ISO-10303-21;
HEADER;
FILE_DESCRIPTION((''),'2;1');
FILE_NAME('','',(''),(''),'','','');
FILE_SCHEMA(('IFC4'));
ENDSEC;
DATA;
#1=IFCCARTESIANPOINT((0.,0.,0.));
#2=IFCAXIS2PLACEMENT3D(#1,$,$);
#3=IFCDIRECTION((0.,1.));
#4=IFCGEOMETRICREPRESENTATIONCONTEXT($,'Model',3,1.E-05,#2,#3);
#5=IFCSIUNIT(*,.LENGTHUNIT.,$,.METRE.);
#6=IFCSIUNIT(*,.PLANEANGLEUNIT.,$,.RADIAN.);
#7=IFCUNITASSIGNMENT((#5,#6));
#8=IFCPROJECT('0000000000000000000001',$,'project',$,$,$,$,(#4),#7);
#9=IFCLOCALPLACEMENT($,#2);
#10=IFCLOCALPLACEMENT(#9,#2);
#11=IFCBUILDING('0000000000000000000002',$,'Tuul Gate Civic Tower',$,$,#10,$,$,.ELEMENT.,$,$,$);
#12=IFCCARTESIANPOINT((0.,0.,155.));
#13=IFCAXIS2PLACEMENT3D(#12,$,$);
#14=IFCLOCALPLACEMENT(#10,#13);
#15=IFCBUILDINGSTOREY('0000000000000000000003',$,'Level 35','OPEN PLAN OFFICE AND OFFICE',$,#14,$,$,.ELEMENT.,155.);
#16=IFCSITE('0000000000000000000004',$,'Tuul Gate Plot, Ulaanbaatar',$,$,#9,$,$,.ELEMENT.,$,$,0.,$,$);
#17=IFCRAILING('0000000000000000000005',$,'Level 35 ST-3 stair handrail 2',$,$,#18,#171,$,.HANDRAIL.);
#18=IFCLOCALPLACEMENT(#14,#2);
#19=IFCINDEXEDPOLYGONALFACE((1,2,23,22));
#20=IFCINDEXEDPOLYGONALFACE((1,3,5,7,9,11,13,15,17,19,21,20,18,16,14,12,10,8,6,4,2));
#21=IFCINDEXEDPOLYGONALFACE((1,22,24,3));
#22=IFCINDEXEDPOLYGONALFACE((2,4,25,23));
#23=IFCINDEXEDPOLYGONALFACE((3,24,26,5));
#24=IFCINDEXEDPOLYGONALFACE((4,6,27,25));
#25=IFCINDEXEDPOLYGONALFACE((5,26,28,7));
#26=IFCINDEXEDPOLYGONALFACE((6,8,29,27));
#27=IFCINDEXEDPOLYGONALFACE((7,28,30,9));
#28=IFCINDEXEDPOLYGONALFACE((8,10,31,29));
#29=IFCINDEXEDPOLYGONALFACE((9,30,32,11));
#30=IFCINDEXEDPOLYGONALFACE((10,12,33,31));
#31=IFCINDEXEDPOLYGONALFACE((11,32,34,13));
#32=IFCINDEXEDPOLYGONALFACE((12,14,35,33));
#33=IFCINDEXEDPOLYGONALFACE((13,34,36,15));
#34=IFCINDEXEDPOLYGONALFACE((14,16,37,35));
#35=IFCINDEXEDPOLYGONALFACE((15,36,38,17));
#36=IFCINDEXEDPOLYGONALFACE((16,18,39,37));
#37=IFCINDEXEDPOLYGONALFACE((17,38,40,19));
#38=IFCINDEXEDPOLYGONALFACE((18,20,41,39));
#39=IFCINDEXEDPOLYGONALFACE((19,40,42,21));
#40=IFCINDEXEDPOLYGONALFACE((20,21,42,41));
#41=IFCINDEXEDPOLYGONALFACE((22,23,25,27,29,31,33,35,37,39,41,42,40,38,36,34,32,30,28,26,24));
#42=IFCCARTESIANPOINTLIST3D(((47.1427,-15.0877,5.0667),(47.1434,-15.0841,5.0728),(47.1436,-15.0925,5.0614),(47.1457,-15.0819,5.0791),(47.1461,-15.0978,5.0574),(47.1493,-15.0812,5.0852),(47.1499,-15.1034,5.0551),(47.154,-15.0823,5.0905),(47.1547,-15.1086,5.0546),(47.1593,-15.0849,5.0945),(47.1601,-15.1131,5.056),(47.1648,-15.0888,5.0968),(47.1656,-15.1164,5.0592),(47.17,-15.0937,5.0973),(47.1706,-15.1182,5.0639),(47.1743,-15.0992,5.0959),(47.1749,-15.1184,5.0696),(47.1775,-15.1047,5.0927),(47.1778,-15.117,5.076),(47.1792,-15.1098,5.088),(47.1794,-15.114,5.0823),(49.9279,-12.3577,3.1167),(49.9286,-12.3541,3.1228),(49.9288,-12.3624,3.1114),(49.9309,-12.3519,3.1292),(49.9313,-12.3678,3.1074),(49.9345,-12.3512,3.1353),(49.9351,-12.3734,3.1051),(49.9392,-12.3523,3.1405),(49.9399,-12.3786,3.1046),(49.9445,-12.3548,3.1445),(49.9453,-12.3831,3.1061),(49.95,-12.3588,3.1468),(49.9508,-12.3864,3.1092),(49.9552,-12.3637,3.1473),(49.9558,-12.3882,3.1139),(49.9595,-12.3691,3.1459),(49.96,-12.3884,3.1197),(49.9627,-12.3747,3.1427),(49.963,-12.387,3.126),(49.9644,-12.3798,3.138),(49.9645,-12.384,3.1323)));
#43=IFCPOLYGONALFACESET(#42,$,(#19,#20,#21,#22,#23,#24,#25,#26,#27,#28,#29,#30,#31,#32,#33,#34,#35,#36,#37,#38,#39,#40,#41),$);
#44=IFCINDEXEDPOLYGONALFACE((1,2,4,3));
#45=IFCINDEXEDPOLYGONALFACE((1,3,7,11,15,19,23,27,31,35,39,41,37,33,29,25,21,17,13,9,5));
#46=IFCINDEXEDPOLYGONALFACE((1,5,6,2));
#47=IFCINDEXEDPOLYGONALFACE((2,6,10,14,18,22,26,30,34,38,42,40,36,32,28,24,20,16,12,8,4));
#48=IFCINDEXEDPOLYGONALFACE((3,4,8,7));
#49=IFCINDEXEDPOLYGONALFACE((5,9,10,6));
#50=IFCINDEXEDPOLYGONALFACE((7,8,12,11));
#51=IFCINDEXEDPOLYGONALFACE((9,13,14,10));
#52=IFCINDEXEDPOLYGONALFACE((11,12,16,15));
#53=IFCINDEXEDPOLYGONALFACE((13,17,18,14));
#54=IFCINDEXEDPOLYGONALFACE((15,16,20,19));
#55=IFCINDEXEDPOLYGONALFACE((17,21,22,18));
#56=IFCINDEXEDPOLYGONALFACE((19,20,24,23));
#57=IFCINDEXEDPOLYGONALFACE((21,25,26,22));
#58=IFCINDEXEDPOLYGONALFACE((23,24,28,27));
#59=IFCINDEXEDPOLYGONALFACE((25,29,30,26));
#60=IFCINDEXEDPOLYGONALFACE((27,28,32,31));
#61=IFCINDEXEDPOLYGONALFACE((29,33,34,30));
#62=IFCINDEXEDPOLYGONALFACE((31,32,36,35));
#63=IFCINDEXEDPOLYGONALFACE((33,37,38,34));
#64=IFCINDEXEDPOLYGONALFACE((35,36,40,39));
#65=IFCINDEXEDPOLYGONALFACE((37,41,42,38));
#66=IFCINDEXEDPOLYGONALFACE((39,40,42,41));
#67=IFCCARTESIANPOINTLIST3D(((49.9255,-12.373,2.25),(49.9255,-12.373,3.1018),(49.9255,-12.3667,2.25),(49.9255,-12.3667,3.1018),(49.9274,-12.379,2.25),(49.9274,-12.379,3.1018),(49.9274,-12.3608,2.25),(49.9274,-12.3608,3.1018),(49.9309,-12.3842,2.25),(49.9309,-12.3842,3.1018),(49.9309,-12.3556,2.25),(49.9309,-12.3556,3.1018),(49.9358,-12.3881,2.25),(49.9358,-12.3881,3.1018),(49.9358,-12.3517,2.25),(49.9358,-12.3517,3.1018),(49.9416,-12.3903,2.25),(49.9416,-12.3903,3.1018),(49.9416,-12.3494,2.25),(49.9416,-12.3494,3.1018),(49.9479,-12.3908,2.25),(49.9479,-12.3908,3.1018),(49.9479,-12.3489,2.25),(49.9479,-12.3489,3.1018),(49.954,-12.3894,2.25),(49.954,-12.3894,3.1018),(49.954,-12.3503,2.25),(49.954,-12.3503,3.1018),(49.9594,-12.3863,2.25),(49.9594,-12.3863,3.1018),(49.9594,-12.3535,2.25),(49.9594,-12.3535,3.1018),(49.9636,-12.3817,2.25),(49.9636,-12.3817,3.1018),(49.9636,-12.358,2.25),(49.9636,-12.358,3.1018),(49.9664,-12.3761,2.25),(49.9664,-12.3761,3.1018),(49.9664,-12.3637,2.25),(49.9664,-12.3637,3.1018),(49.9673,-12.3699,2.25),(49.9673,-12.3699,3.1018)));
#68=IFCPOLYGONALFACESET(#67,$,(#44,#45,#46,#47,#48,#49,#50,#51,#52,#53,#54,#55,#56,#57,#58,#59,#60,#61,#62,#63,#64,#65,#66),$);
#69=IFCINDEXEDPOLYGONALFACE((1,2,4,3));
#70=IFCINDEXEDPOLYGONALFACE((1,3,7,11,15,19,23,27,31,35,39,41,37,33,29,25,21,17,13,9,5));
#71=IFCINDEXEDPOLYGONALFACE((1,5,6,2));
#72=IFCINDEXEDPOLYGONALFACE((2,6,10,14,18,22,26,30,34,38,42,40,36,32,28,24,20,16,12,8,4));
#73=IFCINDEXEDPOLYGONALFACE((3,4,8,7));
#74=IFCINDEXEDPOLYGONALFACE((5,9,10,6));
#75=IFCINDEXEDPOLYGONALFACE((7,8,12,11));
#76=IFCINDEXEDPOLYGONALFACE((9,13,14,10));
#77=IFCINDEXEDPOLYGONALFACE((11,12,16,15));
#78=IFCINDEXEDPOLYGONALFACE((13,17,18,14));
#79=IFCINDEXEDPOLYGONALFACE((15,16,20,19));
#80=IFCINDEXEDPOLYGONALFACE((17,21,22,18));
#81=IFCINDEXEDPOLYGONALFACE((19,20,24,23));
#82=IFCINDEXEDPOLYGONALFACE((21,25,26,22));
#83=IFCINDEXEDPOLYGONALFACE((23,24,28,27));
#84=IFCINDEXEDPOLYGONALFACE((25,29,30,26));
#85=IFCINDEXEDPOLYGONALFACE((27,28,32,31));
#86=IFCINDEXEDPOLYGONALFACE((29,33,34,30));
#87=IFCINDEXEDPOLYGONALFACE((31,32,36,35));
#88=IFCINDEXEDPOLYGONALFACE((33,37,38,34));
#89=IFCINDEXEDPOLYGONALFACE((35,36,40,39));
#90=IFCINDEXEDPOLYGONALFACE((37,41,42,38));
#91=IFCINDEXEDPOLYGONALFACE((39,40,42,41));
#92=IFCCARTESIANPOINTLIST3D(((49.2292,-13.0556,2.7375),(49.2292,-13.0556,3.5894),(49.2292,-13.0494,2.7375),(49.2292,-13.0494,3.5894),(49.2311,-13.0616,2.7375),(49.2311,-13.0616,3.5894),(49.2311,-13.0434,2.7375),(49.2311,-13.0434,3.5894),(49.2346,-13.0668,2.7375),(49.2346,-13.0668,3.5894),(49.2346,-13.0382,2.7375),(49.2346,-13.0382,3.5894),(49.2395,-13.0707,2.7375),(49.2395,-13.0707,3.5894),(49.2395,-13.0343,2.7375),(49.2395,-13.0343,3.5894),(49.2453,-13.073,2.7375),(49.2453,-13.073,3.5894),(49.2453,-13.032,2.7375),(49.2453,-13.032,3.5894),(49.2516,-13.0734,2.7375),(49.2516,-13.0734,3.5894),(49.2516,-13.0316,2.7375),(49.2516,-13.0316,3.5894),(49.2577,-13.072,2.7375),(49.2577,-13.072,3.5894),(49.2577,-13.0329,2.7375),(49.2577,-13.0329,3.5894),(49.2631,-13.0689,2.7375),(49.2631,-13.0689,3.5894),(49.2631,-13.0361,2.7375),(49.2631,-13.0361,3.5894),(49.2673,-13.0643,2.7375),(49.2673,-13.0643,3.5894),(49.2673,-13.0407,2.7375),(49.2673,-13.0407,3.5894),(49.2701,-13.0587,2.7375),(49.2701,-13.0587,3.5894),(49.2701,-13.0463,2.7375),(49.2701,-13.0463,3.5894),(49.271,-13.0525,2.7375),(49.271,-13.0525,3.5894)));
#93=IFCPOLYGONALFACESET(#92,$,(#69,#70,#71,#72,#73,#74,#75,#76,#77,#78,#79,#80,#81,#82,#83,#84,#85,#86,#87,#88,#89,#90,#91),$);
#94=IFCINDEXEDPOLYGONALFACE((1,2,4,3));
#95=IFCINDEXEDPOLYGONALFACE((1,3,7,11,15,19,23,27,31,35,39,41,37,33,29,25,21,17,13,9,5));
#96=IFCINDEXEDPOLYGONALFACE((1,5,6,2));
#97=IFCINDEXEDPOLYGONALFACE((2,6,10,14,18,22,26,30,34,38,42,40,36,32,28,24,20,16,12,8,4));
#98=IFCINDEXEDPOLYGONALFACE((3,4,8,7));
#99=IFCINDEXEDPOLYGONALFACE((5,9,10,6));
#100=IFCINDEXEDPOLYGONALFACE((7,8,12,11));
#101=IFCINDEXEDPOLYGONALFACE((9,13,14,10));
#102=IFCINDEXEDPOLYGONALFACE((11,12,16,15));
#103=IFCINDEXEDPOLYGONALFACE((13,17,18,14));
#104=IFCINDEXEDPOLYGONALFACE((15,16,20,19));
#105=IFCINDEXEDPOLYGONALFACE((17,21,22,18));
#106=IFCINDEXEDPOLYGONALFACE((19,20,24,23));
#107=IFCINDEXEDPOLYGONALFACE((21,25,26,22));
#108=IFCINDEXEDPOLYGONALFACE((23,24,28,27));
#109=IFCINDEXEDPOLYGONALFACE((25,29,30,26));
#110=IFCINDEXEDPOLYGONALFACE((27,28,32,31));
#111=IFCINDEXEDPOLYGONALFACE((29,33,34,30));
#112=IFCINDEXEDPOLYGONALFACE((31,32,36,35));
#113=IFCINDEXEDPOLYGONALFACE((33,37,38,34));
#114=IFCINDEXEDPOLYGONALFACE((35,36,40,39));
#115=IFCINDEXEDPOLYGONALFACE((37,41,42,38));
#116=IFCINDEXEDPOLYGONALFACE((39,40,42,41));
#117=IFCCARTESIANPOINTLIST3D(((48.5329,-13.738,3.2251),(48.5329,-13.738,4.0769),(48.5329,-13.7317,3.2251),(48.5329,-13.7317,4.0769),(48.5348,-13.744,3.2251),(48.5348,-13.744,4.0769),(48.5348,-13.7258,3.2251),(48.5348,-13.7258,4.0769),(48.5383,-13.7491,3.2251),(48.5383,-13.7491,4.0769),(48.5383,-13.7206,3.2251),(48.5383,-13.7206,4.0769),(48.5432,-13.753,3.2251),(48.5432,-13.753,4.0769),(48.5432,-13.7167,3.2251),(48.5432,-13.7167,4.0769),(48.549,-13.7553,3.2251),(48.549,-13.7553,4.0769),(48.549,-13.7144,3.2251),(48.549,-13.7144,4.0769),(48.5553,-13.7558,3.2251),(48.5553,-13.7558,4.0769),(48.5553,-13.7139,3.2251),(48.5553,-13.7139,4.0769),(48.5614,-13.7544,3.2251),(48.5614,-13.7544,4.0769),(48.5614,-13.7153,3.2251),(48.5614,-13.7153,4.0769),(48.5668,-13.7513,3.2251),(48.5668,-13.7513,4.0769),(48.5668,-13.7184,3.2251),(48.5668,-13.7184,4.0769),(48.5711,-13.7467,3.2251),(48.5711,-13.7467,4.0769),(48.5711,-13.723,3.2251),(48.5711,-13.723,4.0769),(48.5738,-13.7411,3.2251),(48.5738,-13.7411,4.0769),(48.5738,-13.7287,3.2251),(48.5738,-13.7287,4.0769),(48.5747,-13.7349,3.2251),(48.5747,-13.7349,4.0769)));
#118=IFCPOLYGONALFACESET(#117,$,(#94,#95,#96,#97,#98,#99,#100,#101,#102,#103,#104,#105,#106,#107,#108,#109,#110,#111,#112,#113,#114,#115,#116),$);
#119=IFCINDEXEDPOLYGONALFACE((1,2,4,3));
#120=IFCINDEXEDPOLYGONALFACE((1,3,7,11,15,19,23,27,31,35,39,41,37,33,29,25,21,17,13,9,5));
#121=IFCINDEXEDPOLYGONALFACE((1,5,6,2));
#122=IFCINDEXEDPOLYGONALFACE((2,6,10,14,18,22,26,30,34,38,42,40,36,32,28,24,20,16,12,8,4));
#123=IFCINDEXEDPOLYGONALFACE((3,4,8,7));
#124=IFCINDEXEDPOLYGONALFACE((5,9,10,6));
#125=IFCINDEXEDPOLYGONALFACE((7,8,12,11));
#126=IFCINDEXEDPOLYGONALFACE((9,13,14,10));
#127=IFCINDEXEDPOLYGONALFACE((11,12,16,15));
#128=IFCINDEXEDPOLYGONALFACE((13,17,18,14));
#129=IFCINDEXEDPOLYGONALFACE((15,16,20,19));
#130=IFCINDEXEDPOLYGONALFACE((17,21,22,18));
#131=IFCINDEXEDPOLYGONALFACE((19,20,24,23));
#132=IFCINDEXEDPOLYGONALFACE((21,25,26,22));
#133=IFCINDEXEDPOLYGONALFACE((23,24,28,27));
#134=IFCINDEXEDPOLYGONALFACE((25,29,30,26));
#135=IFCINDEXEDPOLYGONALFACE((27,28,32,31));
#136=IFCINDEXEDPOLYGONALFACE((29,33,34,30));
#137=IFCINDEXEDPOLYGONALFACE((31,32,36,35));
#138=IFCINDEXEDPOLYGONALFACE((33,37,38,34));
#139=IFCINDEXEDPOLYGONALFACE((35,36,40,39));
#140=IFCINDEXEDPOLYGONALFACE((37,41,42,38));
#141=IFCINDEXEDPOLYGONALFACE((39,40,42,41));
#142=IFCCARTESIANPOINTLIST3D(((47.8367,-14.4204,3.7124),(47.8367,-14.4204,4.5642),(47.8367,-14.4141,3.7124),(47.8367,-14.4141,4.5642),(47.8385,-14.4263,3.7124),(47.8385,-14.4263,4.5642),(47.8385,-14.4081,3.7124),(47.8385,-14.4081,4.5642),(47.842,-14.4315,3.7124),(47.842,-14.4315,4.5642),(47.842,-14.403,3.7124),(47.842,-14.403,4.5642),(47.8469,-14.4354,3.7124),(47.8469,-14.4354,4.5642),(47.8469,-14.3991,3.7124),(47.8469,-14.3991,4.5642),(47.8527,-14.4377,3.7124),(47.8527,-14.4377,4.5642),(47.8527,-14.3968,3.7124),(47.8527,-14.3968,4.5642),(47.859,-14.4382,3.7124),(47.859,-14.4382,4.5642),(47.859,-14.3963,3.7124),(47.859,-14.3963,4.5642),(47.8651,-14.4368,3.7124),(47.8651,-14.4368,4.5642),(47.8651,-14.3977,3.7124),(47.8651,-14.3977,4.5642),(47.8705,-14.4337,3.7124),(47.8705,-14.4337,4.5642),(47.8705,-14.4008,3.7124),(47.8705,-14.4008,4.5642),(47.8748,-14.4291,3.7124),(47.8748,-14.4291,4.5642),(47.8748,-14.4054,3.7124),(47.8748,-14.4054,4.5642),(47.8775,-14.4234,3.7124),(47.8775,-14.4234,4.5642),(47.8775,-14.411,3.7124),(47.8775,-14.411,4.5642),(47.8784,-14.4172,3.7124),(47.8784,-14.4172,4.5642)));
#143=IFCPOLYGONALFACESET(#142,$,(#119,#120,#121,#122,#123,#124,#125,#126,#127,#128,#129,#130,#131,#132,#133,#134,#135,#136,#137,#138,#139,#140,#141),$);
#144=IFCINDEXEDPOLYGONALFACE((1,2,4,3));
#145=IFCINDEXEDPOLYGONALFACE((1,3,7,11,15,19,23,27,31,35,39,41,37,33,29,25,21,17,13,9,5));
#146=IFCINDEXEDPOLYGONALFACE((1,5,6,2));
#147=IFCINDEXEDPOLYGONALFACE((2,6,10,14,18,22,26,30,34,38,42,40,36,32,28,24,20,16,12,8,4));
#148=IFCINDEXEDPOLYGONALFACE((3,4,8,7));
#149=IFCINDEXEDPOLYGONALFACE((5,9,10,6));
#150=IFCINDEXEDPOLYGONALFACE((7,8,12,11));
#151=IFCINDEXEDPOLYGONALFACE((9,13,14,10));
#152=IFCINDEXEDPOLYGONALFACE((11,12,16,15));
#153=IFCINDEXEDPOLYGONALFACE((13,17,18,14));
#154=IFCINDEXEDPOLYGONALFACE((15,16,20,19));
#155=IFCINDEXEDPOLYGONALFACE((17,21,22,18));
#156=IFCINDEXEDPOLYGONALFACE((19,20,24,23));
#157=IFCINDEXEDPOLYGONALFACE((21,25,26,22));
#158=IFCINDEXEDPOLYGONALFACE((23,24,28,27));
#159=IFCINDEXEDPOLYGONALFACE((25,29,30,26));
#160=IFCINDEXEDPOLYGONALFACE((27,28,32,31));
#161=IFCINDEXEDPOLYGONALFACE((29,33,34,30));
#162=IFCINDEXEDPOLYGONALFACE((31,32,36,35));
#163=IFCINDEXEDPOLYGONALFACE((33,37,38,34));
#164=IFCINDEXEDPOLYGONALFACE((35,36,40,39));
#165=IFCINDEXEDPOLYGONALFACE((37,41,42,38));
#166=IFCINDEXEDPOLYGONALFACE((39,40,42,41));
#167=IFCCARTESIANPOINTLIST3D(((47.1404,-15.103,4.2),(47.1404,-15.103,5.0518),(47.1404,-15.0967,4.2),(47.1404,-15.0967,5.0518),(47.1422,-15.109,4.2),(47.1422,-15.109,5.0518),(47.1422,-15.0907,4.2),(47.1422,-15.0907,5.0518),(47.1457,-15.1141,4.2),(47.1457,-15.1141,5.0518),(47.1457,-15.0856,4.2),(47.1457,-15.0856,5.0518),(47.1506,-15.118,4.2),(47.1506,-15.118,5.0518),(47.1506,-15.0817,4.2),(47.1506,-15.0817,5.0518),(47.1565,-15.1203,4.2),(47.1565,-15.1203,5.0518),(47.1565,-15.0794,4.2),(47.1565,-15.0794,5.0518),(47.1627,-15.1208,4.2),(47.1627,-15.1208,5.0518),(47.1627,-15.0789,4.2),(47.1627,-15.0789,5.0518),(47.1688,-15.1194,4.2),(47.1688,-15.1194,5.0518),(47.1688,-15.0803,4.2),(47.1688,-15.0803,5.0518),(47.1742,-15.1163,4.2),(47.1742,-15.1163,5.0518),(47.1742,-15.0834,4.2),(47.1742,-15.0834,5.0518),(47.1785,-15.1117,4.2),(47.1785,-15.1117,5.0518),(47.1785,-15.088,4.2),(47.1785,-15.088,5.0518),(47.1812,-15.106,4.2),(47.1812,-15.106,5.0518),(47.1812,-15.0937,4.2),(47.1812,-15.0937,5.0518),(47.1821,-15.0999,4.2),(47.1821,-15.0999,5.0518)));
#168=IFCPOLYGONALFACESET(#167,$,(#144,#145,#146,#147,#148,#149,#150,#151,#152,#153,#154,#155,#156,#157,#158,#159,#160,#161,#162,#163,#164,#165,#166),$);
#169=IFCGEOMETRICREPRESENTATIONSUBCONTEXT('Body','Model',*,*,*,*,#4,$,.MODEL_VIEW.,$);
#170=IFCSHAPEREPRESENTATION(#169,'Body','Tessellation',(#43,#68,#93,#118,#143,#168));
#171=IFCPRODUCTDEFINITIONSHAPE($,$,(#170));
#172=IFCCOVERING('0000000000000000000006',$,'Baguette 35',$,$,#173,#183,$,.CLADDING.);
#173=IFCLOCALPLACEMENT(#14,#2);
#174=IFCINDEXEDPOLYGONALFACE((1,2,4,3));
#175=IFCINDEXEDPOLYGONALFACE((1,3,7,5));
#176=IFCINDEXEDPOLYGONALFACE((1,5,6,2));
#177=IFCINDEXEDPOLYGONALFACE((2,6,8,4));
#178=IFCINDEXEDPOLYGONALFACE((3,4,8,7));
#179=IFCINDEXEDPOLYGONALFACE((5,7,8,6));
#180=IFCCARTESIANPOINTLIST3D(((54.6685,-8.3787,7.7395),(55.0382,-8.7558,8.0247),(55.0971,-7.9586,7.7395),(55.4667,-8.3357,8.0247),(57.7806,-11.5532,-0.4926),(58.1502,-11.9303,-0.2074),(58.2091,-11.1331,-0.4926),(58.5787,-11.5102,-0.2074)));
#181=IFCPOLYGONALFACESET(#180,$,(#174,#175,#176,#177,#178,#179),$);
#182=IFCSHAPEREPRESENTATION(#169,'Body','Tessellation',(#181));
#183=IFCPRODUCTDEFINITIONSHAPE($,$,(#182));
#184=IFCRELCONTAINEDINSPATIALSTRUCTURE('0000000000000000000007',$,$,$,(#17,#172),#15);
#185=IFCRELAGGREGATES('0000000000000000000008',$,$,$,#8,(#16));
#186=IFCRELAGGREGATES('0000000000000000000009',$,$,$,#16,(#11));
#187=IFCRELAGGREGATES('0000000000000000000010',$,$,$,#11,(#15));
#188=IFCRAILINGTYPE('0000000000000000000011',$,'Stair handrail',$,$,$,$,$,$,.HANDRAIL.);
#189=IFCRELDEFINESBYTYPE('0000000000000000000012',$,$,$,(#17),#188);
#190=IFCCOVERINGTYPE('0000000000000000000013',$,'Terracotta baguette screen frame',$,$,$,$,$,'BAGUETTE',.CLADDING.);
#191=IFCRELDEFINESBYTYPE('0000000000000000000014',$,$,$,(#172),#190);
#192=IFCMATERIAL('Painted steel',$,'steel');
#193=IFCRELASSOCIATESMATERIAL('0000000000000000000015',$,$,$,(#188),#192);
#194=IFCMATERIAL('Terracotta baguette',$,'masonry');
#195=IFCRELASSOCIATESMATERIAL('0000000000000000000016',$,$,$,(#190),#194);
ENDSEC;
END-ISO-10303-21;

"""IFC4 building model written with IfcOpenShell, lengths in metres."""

from ifc_helpers import new_model, si_unit, direction, frame, origin, origin_2d, place, context, subcontext, project, spatial, rectangle, circle, extrude, material, material_profile, profile_set, type_object, element, save


model = new_model("IFC4")

# Units and contexts
model_context = context("Model", 3, precision=1e-05, world=origin(), true_north=direction((0.0, 1.0)))
body_context = subcontext(model_context, "Body", "Model", "MODEL_VIEW")
ifc_project = project(units=[si_unit("LENGTHUNIT", "METRE"), si_unit("PLANEANGLEUNIT", "RADIAN")], contexts=[model_context])

# Site, building, storey
site_placement = place(None, origin())
site = spatial("IfcSite", under=ifc_project, at=site_placement, Name="Tuul Gate Plot, Ulaanbaatar", CompositionType="ELEMENT", RefElevation=0.0)
building_placement = place(site_placement, origin())
building = spatial("IfcBuilding", under=site, at=building_placement, Name="Tuul Gate Civic Tower", CompositionType="ELEMENT")
storey_placement = place(building_placement, frame((0.0, 0.0, 155.0)))
storey = spatial("IfcBuildingStorey", under=building, at=storey_placement, Name="Level 35", Description="OPEN PLAN OFFICE AND OFFICE", CompositionType="ELEMENT", Elevation=155.0)

# Railing
ifc_material_1 = material(Name="Painted steel", Category="steel")
railing_type_1 = type_object("IfcRailingType", Name="Stair handrail", PredefinedType="HANDRAIL", material=ifc_material_1)
railing_1_placement = place(storey_placement, frame((49.9463, -12.3699, 2.25)))
element("IfcRailing", 1, at=railing_1_placement, inside=storey, type_object=railing_type_1, Name="Level 35 ST-3 stair handrail 2", PredefinedType="HANDRAIL", context=body_context, shape_type="SweptSolid", body=[
    extrude(circle(Radius=0.0239, at=origin_2d()), frame((0.0, 0.0, 0.876), z_axis=(-0.638754, -0.6261, 0.447206), x_axis=(0.699998, -0.714145, 0.0)), (0.0, 0.0, 1.0), 4.3604),
    extrude(circle(Radius=0.021, at=origin_2d()), origin(), (0.0, 0.0, 1.0), 0.8518),
    extrude(circle(Radius=0.021, at=origin_2d()), frame((-0.6963, -0.6826, 0.4875)), (0.0, 0.0, 1.0), 0.8518),
    extrude(circle(Radius=0.021, at=origin_2d()), frame((-1.3926, -1.365, 0.9751)), (0.0, 0.0, 1.0), 0.8518),
    extrude(circle(Radius=0.021, at=origin_2d()), frame((-2.0889, -2.0474, 1.4624)), (0.0, 0.0, 1.0), 0.8518),
    extrude(circle(Radius=0.021, at=origin_2d()), frame((-2.7852, -2.73, 1.95)), (0.0, 0.0, 1.0), 0.8518),
])

# Covering
ifc_material_2 = material(Name="Terracotta baguette", Category="masonry")
ifc_material_profile_1 = material_profile(ifc_material_2, rectangle(XDim=0.6001, YDim=0.6001, at=origin_2d()), Name="Terracotta baguette screen frame")
ifc_profile_set_1 = profile_set([ifc_material_profile_1], Name="Terracotta baguette")
covering_type = type_object("IfcCoveringType", Name="Terracotta baguette screen frame", ElementType="BAGUETTE", PredefinedType="CLADDING", material=ifc_profile_set_1)
covering_placement = place(storey_placement, frame((55.0676, -8.3572, 7.8821), z_axis=(0.332633, -0.339314, -0.879898), x_axis=(0.714101, 0.700042, 0.0)))
element("IfcCovering", 2, at=covering_placement, inside=storey, type_object=covering_type, Name="Baguette 35", PredefinedType="CLADDING", context=body_context, shape_type="SweptSolid", body=[
    extrude(rectangle(XDim=0.6001, YDim=0.6001, at=origin_2d()), origin(), (0.0, 0.0, 1.0), 9.3557),
])

save(model, "model.ifc")
